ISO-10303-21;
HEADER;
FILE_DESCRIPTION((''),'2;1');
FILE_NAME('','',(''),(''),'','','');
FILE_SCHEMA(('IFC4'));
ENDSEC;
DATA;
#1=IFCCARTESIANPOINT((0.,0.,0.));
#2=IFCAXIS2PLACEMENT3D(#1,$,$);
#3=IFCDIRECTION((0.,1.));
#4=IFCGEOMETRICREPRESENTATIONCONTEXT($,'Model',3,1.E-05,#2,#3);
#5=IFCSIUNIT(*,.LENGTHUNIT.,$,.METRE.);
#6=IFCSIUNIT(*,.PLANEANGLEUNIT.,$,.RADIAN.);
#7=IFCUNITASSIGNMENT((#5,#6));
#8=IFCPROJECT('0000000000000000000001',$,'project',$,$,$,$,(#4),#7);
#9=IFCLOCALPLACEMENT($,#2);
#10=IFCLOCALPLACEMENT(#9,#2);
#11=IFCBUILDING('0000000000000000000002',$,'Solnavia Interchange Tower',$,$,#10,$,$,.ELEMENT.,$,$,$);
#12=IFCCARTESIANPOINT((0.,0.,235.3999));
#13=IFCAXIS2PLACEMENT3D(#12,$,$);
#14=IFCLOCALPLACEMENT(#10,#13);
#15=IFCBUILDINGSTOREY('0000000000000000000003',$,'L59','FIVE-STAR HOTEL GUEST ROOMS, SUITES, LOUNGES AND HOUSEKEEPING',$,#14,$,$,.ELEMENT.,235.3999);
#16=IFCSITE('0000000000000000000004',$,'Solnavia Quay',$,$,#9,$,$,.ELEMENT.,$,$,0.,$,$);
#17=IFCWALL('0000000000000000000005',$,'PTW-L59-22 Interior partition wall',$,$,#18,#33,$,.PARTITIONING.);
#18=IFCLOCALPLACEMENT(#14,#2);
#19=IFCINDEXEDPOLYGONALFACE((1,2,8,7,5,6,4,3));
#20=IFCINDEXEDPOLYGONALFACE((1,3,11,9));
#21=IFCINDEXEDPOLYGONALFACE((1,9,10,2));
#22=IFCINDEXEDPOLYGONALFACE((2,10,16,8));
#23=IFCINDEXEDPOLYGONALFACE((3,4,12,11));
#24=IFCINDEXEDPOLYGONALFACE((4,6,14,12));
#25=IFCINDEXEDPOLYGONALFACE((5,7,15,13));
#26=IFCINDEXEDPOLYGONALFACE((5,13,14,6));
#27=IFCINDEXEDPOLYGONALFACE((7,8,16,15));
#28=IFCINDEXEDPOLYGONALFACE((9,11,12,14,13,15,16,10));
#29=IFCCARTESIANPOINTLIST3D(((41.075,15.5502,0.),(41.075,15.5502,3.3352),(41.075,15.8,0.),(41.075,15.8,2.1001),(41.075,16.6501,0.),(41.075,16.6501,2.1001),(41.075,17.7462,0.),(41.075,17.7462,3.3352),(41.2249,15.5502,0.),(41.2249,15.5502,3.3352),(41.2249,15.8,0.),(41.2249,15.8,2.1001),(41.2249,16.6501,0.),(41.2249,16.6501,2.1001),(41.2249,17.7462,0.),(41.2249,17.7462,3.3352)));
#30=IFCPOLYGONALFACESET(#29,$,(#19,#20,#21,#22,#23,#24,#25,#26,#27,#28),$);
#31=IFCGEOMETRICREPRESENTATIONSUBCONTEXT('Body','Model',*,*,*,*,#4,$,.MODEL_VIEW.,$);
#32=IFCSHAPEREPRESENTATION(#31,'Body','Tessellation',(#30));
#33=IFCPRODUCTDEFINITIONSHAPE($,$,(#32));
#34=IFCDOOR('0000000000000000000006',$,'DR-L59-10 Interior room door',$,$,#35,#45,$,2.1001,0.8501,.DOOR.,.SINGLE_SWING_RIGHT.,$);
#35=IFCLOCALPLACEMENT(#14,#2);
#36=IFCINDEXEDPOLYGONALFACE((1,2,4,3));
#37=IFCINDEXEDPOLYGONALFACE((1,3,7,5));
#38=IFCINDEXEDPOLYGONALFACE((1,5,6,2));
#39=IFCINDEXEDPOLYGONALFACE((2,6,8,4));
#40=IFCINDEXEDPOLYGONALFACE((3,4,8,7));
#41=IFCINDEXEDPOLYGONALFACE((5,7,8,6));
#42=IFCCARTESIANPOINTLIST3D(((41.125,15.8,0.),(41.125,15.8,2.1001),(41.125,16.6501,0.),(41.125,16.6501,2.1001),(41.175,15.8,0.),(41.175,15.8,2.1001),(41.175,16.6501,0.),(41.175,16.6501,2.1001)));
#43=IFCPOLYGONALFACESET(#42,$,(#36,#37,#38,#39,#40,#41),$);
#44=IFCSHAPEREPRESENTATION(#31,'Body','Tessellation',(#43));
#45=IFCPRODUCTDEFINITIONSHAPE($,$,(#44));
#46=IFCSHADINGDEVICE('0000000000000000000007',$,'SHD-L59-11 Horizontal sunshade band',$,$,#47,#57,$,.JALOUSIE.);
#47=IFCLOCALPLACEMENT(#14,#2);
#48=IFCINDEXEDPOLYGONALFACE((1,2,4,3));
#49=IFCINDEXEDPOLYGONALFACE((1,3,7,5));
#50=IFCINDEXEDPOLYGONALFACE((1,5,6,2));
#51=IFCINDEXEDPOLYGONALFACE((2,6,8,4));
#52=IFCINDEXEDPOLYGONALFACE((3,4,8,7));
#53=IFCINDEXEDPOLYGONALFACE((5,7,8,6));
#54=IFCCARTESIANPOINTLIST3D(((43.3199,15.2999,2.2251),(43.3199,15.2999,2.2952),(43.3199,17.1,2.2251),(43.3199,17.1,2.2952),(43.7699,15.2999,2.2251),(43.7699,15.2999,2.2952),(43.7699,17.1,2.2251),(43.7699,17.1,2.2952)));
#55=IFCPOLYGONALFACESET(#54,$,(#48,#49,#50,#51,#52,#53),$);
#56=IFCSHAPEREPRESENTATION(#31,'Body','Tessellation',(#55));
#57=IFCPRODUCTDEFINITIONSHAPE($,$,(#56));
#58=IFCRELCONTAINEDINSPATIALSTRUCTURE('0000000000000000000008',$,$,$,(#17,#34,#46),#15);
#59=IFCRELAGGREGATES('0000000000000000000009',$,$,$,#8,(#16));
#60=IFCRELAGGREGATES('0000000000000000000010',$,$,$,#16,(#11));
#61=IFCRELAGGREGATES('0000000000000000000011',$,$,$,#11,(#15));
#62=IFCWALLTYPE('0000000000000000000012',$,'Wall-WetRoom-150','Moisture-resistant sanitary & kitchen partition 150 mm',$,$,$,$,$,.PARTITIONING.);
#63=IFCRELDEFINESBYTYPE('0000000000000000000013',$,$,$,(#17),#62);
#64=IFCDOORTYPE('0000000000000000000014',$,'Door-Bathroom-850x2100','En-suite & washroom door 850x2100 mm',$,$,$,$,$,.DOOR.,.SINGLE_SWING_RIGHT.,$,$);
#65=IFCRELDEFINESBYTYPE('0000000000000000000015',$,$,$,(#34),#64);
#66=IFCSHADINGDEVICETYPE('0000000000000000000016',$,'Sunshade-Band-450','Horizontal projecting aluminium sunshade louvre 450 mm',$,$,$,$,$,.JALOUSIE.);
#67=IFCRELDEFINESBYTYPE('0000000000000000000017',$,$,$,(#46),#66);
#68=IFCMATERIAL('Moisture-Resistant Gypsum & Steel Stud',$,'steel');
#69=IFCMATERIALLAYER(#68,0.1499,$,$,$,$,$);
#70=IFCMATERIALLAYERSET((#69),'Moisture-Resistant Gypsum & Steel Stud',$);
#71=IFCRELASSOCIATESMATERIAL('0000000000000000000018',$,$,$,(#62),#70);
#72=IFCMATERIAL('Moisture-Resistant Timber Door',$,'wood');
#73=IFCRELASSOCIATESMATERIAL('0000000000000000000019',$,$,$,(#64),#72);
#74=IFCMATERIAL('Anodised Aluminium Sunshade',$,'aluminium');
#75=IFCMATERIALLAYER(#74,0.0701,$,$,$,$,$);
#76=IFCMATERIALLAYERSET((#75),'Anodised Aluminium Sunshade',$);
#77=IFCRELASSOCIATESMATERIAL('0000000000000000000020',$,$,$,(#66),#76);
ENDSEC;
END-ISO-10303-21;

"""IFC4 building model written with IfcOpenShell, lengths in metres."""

from ifc_helpers import new_model, si_unit, direction, frame, frame_2d, origin, origin_2d, place, context, subcontext, project, spatial, rectangle, extrude, material, layer, layer_set, type_object, element, fill, save


model = new_model("IFC4")

# Units and contexts
model_context = context("Model", 3, precision=1e-05, world=origin(), true_north=direction((0.0, 1.0)))
body_context = subcontext(model_context, "Body", "Model", "MODEL_VIEW")
ifc_project = project(units=[si_unit("LENGTHUNIT", "METRE"), si_unit("PLANEANGLEUNIT", "RADIAN")], contexts=[model_context])

# Site, building, storey
site_placement = place(None, origin())
site = spatial("IfcSite", under=ifc_project, at=site_placement, Name="Solnavia Quay", CompositionType="ELEMENT", RefElevation=0.0)
building_placement = place(site_placement, origin())
building = spatial("IfcBuilding", under=site, at=building_placement, Name="Solnavia Interchange Tower", CompositionType="ELEMENT")
storey_placement = place(building_placement, frame((0.0, 0.0, 235.3999)))
storey = spatial("IfcBuildingStorey", under=building, at=storey_placement, Name="L59", Description="FIVE-STAR HOTEL GUEST ROOMS, SUITES, LOUNGES AND HOUSEKEEPING", CompositionType="ELEMENT", Elevation=235.3999)

# Shared definitions
ifc_material_1 = material(Name="Moisture-Resistant Gypsum & Steel Stud", Category="steel")
ifc_layer_1 = layer(ifc_material_1, 0.1499)
ifc_layer_set_1 = layer_set([ifc_layer_1], Name="Moisture-Resistant Gypsum & Steel Stud")
wall_type_1 = type_object("IfcWallType", Name="Wall-WetRoom-150", Description="Moisture-resistant sanitary & kitchen partition 150 mm", PredefinedType="PARTITIONING", material=ifc_layer_set_1)

# Shared definitions
ifc_material_2 = material(Name="Moisture-Resistant Timber Door", Category="wood")
door_type_1 = type_object("IfcDoorType", Name="Door-Bathroom-850x2100", Description="En-suite & washroom door 850x2100 mm", OperationType="SINGLE_SWING_RIGHT", PredefinedType="DOOR", material=ifc_material_2)

# Wall, opening, door
wall_1_placement = place(storey_placement, frame((41.1499, 15.55, 0.0), z_axis=(0.0, 0.0, 1.0), x_axis=(0.0, 1.0, 0.0)))
wall_1 = element("IfcWall", 1, at=wall_1_placement, inside=storey, type_object=wall_type_1, Name="PTW-L59-22 Interior partition wall", PredefinedType="PARTITIONING", context=body_context, shape_type="SweptSolid", body=[
    extrude(rectangle(XDim=2.196, YDim=0.1499, at=frame_2d((1.0981, 0.0))), origin(), (0.0, 0.0, 1.0), 3.3352),
])
opening_1_placement = place(wall_1_placement, frame((0.25, 0.0, 0.0)))
opening_1 = element("IfcOpeningElement", 2, at=opening_1_placement, cuts=wall_1, PredefinedType="OPENING", context=body_context, shape_type="SweptSolid", body=[
    extrude(rectangle(XDim=0.8501, YDim=2.1001, at=frame_2d((0.425, 1.05))), frame((0.0, 0.085, 0.0), z_axis=(0.0, -1.0, 0.0), x_axis=(1.0, 0.0, 0.0)), (0.0, 0.0, 1.0), 0.1699),
])
door_1_placement = place(opening_1_placement, origin())
door_1 = element("IfcDoor", 3, at=door_1_placement, inside=storey, type_object=door_type_1, Name="DR-L59-10 Interior room door", OperationType="SINGLE_SWING_RIGHT", OverallHeight=2.1001, OverallWidth=0.8501, PredefinedType="DOOR", context=body_context, shape_type="SweptSolid", body=[
    extrude(rectangle(XDim=0.8501, YDim=2.1001, at=frame_2d((0.425, 1.05))), frame((0.0, 0.0249, 0.0), z_axis=(0.0, -1.0, 0.0), x_axis=(1.0, 0.0, 0.0)), (0.0, 0.0, 1.0), 0.05),
])
fill(opening_1, door_1)

# Shading device
ifc_material_3 = material(Name="Anodised Aluminium Sunshade", Category="aluminium")
ifc_layer_2 = layer(ifc_material_3, 0.0701)
ifc_layer_set_2 = layer_set([ifc_layer_2], Name="Anodised Aluminium Sunshade")
shading_device_type = type_object("IfcShadingDeviceType", Name="Sunshade-Band-450", Description="Horizontal projecting aluminium sunshade louvre 450 mm", PredefinedType="JALOUSIE", material=ifc_layer_set_2)
shading_device_placement = place(storey_placement, frame((43.5449, 16.2, 2.2251), z_axis=(0.0, 0.0, 1.0), x_axis=(0.0, -1.0, 0.0)))
element("IfcShadingDevice", 4, at=shading_device_placement, inside=storey, type_object=shading_device_type, Name="SHD-L59-11 Horizontal sunshade band", PredefinedType="JALOUSIE", context=body_context, shape_type="SweptSolid", body=[
    extrude(rectangle(XDim=1.8, YDim=0.45, at=origin_2d()), origin(), (0.0, 0.0, 1.0), 0.0701),
])

save(model, "model.ifc")
